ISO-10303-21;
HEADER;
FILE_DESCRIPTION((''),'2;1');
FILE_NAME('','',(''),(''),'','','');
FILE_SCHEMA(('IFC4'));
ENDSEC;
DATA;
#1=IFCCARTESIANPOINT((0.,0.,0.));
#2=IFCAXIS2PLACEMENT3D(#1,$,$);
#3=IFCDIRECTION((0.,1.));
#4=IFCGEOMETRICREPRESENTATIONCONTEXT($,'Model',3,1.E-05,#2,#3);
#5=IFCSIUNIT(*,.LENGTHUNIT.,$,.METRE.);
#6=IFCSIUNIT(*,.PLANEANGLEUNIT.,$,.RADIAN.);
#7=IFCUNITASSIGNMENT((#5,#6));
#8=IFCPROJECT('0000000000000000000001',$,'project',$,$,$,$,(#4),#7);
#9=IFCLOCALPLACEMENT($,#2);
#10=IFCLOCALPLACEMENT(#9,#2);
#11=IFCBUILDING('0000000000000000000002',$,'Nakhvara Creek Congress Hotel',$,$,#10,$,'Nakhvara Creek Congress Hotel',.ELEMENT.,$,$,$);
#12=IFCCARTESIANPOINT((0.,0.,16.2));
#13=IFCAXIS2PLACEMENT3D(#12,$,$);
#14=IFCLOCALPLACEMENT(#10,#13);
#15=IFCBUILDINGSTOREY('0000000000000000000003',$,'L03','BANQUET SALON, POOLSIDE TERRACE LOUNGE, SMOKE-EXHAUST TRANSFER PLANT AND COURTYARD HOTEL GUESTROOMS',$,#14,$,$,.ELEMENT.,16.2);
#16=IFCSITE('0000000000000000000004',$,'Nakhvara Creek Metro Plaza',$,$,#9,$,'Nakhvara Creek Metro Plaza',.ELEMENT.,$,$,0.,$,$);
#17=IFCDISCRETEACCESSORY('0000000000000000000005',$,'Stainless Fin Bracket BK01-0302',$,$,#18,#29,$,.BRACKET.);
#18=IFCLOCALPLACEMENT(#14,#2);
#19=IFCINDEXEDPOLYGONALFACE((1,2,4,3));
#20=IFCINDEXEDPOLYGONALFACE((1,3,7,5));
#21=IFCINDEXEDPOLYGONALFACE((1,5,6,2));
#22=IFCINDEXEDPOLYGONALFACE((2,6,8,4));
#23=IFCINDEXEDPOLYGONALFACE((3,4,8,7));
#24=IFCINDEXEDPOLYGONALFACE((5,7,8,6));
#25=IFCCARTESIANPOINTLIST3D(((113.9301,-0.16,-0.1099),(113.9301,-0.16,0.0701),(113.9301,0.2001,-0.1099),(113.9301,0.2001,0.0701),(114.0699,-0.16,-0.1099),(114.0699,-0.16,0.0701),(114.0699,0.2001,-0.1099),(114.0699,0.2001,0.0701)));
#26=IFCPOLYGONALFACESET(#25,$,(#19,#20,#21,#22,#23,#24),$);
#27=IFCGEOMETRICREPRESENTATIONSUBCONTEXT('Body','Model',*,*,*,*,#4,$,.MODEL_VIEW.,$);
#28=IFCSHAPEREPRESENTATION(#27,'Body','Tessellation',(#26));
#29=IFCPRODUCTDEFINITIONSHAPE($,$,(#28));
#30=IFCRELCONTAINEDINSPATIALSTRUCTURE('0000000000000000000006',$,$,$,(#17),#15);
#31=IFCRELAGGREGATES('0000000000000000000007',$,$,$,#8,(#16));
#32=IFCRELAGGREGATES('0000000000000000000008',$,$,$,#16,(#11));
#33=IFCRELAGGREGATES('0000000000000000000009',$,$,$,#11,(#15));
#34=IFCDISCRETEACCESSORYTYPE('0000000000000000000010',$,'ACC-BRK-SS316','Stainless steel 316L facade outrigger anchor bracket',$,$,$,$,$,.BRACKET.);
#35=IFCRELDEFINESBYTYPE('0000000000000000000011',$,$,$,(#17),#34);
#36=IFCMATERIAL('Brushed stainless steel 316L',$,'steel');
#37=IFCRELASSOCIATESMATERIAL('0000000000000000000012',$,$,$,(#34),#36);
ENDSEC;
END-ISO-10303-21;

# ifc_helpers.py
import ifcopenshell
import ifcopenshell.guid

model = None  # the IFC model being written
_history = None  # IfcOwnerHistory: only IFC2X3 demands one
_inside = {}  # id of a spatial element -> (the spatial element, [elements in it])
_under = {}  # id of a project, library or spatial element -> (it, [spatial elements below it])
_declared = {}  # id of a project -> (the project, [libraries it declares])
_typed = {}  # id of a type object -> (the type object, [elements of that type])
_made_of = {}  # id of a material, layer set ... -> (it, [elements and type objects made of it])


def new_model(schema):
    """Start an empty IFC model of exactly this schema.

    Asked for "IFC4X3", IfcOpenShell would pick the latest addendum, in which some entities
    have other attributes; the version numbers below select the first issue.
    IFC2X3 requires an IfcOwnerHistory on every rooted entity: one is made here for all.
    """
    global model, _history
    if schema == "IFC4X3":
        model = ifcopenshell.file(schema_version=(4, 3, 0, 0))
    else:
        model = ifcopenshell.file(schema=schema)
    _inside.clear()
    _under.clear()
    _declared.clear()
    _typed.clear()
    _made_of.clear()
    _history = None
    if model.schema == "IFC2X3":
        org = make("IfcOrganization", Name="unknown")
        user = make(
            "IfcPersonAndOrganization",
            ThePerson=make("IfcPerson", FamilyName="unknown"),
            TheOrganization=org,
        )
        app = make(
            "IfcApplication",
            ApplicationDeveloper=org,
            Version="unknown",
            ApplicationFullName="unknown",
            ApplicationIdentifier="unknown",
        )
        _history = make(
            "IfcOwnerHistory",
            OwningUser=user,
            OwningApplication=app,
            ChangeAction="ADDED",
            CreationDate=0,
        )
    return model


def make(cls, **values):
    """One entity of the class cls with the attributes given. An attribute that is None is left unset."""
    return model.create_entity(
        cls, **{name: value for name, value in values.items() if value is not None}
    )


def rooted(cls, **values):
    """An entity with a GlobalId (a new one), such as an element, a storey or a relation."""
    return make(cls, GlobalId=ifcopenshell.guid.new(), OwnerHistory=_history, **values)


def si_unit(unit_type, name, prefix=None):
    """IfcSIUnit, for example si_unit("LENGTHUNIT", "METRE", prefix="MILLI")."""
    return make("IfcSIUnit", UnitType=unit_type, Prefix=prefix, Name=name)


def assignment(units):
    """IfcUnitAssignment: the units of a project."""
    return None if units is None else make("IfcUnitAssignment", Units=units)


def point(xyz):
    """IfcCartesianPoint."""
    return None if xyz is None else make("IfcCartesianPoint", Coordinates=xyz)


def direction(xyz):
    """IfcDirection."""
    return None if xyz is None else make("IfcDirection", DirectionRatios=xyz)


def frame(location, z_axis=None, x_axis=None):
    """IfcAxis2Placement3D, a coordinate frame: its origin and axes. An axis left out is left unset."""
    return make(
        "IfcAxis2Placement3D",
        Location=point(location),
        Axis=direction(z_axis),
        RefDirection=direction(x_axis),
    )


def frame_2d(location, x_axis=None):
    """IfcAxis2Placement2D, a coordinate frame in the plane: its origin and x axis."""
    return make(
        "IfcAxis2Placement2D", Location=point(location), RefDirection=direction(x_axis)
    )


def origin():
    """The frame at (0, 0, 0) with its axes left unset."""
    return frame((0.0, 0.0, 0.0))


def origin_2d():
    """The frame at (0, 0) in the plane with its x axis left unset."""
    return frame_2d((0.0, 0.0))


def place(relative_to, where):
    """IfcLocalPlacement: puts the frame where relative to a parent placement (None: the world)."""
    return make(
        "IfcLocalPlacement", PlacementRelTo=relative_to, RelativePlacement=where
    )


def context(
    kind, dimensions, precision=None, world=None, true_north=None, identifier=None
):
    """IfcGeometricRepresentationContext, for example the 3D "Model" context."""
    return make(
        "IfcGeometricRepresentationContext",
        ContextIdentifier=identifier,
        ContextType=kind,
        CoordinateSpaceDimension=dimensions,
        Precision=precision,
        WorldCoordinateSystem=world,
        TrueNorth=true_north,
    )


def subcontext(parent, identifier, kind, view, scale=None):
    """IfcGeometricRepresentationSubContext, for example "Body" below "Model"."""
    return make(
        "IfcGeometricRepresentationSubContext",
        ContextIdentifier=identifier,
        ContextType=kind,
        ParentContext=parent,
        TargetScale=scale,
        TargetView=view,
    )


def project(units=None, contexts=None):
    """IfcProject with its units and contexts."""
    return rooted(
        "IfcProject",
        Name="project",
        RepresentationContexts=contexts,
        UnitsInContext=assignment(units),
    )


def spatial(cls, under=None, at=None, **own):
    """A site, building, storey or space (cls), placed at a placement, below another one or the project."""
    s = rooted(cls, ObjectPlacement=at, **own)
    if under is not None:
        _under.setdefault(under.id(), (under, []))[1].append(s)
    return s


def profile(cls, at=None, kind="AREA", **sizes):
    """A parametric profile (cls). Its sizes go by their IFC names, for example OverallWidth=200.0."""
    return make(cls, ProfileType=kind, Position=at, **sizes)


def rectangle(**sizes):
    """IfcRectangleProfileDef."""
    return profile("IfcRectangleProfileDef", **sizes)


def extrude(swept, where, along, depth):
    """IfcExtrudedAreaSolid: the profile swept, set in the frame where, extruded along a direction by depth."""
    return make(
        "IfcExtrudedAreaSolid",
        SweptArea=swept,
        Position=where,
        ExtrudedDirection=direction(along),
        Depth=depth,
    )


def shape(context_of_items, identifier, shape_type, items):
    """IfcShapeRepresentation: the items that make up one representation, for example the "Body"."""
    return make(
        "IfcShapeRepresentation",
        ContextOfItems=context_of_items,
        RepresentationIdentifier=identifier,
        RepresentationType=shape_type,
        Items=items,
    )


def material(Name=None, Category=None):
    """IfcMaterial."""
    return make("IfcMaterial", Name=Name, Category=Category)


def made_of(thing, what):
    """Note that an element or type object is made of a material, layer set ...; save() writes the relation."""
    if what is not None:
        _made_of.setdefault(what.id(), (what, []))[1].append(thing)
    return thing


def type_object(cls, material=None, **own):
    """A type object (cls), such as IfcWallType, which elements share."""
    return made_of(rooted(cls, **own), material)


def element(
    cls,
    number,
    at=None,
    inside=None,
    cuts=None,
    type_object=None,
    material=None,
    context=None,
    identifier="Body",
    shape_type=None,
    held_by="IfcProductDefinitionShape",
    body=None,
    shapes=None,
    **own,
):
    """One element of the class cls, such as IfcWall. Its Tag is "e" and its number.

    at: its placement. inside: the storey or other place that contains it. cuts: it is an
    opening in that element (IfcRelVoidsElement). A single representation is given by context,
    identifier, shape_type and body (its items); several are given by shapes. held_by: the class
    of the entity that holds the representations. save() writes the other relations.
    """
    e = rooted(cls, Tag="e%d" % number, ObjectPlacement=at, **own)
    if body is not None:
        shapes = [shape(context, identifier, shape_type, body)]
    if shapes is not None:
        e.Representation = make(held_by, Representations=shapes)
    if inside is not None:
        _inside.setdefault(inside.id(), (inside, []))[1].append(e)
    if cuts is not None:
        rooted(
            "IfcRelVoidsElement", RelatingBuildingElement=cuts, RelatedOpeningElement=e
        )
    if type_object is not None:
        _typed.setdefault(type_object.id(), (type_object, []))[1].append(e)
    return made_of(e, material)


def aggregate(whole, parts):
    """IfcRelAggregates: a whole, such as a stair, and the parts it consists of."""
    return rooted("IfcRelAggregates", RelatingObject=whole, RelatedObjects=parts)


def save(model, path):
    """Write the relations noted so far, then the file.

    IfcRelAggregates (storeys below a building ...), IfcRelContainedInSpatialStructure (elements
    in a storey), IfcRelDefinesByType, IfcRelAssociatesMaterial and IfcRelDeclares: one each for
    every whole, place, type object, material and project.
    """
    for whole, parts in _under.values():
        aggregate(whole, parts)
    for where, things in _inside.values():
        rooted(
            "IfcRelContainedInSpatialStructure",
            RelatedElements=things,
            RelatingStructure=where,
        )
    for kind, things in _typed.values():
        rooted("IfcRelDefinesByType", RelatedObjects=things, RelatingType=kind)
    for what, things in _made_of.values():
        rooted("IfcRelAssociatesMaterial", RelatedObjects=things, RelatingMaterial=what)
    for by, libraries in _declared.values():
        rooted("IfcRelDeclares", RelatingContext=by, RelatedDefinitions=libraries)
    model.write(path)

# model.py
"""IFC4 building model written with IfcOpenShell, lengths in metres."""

from ifc_helpers import new_model, si_unit, direction, frame, origin, origin_2d, place, context, subcontext, project, spatial, rectangle, extrude, material, type_object, element, save


model = new_model("IFC4")

# Units and contexts
model_context = context("Model", 3, precision=1e-05, world=origin(), true_north=direction((0.0, 1.0)))
body_context = subcontext(model_context, "Body", "Model", "MODEL_VIEW")
ifc_project = project(units=[si_unit("LENGTHUNIT", "METRE"), si_unit("PLANEANGLEUNIT", "RADIAN")], contexts=[model_context])

# Site, building, storey
site_placement = place(None, origin())
site = spatial("IfcSite", under=ifc_project, at=site_placement, Name="Nakhvara Creek Metro Plaza", LongName="Nakhvara Creek Metro Plaza", CompositionType="ELEMENT", RefElevation=0.0)
building_placement = place(site_placement, origin())
building = spatial("IfcBuilding", under=site, at=building_placement, Name="Nakhvara Creek Congress Hotel", LongName="Nakhvara Creek Congress Hotel", CompositionType="ELEMENT")
storey_placement = place(building_placement, frame((0.0, 0.0, 16.2)))
storey = spatial("IfcBuildingStorey", under=building, at=storey_placement, Name="L03", Description="BANQUET SALON, POOLSIDE TERRACE LOUNGE, SMOKE-EXHAUST TRANSFER PLANT AND COURTYARD HOTEL GUESTROOMS", CompositionType="ELEMENT", Elevation=16.2)

# Discrete accessory
ifc_material_1 = material(Name="Brushed stainless steel 316L", Category="steel")
discrete_accessory_type = type_object("IfcDiscreteAccessoryType", Name="ACC-BRK-SS316", Description="Stainless steel 316L facade outrigger anchor bracket", PredefinedType="BRACKET", material=ifc_material_1)
for number, where, z_axis, x_axis, name in (
    (1, (114.0, 0.02, -0.1099), (0.0, 0.0, 1.0), (1.0, 0.0, 0.0), "Stainless Fin Bracket BK01-0302"),
):
    element("IfcDiscreteAccessory", number, at=place(storey_placement, frame(where, z_axis=z_axis, x_axis=x_axis)), inside=storey, type_object=discrete_accessory_type, Name=name, PredefinedType="BRACKET", context=body_context, shape_type="SweptSolid", body=[
        extrude(rectangle(XDim=0.1399, YDim=0.3601, at=origin_2d()), origin(), (0.0, 0.0, 1.0), 0.1799),
    ])

save(model, "model.ifc")
